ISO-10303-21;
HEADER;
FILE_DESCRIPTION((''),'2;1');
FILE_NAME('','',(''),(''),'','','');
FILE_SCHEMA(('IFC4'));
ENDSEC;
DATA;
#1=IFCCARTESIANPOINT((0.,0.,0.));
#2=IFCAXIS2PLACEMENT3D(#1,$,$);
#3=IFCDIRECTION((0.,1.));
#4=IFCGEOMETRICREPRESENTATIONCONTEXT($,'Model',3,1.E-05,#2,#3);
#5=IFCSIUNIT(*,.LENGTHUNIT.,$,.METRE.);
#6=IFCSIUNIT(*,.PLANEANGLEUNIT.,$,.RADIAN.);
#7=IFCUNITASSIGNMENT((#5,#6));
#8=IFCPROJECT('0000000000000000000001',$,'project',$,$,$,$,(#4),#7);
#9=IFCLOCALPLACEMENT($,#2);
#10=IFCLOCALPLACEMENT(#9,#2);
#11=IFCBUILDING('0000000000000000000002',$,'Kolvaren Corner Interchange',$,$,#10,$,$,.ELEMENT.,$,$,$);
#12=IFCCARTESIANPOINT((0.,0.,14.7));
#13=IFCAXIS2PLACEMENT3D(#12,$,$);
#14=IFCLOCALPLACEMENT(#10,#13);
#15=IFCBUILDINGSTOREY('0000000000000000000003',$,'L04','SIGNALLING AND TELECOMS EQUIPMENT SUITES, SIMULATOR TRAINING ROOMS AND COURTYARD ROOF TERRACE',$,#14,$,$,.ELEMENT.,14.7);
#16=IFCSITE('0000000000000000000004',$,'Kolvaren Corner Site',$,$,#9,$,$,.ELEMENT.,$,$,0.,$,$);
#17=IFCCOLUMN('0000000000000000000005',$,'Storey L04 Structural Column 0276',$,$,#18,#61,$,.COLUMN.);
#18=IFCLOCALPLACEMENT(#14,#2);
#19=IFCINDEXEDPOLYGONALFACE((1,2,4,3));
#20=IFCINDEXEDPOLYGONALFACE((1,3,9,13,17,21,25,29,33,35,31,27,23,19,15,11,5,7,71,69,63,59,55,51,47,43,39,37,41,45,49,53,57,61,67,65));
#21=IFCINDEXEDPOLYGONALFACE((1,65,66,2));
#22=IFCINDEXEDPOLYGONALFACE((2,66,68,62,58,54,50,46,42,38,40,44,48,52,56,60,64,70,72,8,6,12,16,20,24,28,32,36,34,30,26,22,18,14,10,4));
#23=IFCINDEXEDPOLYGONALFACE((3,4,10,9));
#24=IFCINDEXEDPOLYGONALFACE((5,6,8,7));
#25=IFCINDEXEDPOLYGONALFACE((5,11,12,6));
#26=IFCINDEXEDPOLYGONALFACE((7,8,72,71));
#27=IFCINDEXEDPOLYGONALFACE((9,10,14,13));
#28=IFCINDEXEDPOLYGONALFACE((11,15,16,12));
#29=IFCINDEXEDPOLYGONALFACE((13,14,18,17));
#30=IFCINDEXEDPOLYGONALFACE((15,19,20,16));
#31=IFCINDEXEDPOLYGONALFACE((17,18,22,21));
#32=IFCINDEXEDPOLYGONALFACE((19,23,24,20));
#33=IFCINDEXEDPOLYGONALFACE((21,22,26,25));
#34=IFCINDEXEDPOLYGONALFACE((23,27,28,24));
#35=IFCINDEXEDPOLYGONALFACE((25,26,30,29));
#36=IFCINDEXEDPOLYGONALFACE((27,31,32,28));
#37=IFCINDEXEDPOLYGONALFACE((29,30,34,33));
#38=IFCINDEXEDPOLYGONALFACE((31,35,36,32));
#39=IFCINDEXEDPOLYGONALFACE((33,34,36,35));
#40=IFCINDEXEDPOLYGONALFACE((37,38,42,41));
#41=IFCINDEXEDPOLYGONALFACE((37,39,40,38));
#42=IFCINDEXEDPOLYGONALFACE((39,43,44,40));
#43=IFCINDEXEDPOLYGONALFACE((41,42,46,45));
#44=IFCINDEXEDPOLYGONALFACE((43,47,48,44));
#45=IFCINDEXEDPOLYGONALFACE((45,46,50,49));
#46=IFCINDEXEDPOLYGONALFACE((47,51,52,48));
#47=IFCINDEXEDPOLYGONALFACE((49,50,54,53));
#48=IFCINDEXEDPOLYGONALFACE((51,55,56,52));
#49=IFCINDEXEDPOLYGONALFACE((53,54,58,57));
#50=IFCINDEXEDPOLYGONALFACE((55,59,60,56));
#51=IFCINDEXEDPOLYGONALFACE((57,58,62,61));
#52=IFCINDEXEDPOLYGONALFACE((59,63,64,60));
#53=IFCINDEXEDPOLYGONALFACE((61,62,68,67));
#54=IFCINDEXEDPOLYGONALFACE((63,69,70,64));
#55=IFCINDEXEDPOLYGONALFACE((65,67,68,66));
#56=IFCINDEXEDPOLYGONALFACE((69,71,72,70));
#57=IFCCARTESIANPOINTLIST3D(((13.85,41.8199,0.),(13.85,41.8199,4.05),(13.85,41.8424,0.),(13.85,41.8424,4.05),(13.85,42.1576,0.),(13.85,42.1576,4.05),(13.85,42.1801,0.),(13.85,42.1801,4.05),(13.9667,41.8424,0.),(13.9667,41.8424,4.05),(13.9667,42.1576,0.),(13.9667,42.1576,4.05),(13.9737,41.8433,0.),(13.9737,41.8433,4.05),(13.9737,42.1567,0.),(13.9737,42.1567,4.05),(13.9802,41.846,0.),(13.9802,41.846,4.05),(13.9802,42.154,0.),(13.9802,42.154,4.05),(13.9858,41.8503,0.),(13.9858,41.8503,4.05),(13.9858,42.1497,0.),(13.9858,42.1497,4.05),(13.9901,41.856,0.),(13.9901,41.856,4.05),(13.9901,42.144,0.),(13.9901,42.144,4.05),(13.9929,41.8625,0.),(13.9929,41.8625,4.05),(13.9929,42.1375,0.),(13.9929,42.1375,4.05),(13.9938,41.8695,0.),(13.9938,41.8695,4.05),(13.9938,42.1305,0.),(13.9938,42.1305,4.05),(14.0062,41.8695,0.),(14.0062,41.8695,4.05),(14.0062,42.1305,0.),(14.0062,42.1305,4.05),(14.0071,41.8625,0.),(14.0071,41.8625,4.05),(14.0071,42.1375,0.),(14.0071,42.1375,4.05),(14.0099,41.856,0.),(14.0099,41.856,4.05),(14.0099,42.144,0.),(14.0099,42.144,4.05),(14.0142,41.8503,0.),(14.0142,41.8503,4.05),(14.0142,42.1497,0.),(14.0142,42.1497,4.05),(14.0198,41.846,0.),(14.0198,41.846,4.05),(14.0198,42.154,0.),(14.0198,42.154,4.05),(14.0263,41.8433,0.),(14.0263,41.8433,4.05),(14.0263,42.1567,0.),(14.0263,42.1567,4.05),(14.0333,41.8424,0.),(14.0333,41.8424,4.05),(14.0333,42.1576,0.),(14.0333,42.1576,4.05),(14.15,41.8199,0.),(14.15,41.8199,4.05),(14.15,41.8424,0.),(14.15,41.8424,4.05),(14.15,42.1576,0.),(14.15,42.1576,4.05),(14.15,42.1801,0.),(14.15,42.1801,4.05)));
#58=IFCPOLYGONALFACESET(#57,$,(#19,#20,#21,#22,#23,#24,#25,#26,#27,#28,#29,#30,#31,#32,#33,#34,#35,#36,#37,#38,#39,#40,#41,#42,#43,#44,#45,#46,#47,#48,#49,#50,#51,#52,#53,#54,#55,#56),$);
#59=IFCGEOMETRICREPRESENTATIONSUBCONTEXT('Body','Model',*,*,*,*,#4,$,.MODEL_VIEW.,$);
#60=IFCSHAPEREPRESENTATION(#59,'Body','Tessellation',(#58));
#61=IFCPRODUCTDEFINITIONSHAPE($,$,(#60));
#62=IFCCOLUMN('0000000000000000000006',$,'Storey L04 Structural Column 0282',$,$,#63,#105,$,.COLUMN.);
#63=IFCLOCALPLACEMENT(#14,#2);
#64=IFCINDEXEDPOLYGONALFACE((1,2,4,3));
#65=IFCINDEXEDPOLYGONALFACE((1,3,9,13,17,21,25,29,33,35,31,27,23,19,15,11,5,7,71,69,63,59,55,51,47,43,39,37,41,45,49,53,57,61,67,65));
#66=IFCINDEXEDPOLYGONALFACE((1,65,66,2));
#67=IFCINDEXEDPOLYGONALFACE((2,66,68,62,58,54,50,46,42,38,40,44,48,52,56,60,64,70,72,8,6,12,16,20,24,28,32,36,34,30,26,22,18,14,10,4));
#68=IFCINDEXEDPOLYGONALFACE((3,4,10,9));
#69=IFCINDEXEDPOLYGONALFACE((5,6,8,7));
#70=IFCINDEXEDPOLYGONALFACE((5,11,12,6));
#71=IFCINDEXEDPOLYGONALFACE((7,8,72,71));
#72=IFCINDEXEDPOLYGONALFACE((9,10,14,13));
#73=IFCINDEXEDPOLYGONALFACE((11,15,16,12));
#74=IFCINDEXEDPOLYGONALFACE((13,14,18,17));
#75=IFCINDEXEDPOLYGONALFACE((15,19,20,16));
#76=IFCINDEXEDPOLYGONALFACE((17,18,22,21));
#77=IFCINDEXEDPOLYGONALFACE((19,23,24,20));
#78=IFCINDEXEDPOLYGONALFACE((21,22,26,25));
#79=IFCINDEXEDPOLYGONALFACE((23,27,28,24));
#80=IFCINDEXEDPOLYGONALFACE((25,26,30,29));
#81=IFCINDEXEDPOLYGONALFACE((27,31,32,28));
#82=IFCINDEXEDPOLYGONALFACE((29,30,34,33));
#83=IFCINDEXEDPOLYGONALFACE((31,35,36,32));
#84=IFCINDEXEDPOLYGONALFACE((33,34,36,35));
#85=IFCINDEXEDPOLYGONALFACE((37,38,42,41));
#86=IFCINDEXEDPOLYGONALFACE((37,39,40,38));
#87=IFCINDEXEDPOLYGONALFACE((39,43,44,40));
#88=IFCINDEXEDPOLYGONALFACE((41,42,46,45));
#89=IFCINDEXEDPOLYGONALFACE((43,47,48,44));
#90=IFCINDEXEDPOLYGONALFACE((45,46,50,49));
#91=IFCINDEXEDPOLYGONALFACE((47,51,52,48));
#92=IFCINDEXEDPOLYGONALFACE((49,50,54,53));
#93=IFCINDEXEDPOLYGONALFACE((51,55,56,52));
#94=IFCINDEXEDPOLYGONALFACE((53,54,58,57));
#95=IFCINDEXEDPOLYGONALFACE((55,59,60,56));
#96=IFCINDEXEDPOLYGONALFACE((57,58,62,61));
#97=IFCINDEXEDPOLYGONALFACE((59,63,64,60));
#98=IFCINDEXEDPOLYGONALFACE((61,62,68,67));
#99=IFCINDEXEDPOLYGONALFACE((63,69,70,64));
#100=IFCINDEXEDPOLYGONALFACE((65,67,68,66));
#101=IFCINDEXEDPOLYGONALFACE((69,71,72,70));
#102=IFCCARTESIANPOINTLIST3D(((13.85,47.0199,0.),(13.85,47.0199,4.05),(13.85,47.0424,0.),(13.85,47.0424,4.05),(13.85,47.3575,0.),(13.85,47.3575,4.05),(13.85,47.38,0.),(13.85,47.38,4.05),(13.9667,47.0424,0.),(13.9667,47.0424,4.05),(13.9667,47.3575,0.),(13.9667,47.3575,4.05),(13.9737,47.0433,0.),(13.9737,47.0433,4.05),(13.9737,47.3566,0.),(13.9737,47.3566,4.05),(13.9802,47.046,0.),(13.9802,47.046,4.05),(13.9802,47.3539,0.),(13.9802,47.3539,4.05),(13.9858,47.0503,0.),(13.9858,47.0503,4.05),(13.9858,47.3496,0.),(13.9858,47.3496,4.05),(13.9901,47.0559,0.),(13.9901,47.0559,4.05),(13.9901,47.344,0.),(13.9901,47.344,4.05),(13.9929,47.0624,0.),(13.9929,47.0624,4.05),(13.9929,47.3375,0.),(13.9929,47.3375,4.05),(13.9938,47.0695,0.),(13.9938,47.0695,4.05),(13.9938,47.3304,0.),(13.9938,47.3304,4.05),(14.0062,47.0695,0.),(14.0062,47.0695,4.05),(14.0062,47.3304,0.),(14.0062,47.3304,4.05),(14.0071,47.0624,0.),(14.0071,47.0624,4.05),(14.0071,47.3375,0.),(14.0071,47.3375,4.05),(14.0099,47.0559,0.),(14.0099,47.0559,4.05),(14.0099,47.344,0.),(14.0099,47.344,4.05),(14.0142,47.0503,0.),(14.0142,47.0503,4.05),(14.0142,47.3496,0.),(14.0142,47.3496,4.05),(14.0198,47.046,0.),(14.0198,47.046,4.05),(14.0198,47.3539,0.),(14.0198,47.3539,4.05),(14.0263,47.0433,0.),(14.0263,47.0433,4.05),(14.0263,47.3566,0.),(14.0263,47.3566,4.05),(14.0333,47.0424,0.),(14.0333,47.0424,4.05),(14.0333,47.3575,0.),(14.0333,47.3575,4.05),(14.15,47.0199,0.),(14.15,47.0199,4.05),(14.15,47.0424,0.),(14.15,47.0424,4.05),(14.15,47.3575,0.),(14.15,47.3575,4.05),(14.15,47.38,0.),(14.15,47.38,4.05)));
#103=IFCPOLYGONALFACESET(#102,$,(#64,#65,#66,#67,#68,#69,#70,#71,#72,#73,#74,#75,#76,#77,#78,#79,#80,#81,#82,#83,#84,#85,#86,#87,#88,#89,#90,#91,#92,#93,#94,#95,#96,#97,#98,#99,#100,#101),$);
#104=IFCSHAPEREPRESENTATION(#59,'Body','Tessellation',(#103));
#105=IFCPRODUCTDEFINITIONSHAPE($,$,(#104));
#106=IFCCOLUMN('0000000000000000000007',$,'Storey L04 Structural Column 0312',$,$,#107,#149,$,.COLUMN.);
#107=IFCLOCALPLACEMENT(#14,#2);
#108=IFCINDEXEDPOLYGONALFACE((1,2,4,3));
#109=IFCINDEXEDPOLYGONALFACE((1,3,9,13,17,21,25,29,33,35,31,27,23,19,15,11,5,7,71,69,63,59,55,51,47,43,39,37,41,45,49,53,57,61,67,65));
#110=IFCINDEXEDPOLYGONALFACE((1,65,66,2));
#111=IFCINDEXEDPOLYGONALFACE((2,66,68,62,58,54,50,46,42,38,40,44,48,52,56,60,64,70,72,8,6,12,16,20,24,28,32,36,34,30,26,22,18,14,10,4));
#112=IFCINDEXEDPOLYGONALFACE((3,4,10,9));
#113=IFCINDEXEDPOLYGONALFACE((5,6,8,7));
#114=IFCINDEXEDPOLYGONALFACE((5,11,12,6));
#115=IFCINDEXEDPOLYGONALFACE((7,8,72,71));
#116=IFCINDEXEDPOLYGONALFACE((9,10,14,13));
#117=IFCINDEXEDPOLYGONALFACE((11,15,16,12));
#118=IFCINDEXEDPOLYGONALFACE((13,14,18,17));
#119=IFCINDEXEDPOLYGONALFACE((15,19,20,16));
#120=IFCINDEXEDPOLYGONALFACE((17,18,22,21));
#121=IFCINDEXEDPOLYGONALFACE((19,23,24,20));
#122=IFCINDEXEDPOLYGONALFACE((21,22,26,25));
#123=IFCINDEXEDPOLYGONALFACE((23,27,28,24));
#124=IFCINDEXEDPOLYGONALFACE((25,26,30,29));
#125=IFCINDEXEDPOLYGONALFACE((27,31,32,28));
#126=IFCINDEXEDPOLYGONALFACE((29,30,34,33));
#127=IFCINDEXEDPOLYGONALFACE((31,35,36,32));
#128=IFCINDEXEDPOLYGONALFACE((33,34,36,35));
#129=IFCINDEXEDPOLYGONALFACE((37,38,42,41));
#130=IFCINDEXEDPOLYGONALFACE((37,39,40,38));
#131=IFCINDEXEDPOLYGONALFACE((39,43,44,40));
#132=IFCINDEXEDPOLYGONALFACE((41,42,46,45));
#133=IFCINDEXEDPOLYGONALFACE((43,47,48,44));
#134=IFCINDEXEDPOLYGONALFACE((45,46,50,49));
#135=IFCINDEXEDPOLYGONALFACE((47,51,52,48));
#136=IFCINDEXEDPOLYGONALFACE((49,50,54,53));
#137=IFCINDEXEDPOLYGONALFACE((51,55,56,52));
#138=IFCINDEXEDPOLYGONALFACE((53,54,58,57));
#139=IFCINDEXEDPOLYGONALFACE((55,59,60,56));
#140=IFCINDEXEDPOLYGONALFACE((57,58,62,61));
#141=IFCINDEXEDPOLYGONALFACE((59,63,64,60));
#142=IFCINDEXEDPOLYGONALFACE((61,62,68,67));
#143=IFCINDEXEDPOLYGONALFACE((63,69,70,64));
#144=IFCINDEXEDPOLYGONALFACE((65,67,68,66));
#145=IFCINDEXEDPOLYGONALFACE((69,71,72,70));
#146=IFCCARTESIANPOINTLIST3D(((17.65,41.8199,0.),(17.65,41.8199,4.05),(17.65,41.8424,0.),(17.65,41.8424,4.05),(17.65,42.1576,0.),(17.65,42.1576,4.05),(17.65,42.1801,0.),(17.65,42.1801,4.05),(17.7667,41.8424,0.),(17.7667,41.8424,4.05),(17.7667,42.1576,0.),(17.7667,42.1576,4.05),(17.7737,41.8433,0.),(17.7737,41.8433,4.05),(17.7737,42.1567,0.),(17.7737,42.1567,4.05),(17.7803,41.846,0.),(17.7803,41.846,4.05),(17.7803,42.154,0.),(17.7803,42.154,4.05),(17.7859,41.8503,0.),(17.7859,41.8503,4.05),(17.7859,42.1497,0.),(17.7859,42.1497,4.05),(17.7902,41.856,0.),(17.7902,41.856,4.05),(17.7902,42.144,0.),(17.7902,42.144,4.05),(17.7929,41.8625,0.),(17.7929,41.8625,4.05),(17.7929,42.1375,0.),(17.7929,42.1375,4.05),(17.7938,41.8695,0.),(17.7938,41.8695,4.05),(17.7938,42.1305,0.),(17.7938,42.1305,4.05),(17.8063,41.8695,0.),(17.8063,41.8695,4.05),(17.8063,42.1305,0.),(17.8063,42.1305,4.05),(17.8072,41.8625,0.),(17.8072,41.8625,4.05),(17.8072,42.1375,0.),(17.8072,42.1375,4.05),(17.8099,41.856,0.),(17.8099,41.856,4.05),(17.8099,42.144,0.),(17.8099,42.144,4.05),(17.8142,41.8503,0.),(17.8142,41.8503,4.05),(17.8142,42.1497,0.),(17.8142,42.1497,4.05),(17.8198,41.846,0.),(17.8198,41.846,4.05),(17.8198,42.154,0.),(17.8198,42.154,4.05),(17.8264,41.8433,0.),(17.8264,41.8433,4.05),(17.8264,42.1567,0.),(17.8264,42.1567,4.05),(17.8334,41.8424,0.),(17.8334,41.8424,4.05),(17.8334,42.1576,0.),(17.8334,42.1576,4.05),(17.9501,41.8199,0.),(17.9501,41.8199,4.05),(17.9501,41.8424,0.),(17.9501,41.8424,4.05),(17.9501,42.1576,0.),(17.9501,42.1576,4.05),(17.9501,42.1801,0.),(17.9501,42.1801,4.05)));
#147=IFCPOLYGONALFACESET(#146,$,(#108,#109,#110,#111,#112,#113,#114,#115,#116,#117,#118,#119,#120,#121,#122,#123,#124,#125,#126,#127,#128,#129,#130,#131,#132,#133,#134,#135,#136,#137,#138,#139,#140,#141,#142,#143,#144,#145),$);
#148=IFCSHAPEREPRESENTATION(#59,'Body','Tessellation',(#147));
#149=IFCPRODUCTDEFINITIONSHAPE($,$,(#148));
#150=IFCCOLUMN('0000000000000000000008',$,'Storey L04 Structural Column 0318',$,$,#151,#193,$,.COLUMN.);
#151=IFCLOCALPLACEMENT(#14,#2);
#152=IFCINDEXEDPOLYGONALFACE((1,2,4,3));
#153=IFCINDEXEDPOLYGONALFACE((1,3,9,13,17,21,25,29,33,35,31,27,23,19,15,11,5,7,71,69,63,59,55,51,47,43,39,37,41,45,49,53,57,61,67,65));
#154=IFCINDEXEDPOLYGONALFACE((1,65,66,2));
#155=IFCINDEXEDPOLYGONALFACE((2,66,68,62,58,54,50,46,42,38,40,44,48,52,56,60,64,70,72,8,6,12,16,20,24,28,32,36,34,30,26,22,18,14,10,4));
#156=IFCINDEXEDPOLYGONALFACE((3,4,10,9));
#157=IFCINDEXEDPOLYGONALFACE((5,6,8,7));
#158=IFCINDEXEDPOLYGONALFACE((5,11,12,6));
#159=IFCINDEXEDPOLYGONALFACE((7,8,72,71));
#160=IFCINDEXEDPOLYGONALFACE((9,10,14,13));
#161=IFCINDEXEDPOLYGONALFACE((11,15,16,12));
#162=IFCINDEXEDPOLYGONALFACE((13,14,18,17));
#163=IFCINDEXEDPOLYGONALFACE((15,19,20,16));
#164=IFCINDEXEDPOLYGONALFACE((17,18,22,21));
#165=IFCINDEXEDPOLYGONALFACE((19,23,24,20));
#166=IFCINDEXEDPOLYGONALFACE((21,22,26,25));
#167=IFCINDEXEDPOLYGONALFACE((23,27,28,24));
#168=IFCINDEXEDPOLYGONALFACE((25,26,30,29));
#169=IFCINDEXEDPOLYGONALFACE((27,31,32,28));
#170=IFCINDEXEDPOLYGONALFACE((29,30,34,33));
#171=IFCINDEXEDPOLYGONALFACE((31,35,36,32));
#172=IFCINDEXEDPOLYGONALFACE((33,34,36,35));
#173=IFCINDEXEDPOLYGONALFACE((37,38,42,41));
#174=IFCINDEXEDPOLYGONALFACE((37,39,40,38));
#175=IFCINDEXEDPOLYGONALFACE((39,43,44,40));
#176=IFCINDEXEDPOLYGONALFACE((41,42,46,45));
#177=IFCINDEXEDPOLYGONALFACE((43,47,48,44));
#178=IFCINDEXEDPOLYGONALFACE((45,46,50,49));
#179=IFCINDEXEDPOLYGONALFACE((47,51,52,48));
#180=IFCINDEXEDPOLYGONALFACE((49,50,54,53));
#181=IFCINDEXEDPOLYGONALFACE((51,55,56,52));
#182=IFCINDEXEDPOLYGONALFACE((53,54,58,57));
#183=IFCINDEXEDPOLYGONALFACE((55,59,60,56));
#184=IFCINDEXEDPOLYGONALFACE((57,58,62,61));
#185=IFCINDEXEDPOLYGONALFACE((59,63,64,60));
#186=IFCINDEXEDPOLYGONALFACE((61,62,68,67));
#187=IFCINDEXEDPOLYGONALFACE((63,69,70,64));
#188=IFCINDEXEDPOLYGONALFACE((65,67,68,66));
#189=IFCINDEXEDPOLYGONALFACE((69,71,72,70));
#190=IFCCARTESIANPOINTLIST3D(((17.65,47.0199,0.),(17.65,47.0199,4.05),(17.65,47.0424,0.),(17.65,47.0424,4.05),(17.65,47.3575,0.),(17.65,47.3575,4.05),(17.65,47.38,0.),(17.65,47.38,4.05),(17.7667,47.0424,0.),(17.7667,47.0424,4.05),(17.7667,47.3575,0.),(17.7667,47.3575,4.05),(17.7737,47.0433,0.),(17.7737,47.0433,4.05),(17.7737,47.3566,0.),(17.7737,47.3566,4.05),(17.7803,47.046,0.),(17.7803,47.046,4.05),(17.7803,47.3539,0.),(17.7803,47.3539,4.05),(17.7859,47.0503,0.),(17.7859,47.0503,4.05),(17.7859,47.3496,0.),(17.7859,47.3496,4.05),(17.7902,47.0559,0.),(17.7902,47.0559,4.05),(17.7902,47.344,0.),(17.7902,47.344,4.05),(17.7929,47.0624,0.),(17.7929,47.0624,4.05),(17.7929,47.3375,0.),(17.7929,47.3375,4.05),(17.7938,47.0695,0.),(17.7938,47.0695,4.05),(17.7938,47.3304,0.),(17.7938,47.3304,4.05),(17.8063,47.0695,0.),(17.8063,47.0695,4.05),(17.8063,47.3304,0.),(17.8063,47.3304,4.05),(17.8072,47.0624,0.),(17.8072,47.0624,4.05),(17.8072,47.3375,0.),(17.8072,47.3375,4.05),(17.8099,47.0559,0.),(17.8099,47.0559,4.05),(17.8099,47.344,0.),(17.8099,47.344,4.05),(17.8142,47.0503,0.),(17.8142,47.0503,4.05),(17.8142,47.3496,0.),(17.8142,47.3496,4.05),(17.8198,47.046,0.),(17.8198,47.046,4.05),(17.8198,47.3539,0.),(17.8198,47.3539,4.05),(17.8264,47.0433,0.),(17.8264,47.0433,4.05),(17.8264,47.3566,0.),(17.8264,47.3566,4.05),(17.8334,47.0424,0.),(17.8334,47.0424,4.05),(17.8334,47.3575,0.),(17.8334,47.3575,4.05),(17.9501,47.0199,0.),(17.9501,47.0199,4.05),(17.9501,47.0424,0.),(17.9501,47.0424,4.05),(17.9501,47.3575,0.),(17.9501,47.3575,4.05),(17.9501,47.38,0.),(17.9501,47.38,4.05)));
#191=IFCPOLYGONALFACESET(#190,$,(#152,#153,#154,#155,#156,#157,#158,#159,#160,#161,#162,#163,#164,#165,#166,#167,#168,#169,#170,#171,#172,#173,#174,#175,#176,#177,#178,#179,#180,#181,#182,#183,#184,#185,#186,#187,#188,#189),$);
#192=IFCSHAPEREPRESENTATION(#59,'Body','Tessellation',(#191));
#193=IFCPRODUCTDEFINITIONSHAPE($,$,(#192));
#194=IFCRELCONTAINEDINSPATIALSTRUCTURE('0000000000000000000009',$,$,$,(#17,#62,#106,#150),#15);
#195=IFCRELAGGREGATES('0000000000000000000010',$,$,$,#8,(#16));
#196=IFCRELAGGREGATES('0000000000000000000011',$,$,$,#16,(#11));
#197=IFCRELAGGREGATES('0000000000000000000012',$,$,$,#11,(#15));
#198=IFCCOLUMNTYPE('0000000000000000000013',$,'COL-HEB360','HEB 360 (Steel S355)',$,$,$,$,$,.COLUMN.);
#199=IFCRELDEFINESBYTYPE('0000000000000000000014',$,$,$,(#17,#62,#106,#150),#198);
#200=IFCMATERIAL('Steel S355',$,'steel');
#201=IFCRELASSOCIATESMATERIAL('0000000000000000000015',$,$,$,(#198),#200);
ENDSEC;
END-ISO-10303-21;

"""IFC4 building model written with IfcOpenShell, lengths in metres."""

from ifc_helpers import new_model, si_unit, direction, frame, origin, origin_2d, place, context, subcontext, project, spatial, i_section, extrude, material, material_profile, profile_set, type_object, element, save


model = new_model("IFC4")

# Units and contexts
model_context = context("Model", 3, precision=1e-05, world=origin(), true_north=direction((0.0, 1.0)))
body_context = subcontext(model_context, "Body", "Model", "MODEL_VIEW")
ifc_project = project(units=[si_unit("LENGTHUNIT", "METRE"), si_unit("PLANEANGLEUNIT", "RADIAN")], contexts=[model_context])

# Site, building, storey
site_placement = place(None, origin())
site = spatial("IfcSite", under=ifc_project, at=site_placement, Name="Kolvaren Corner Site", CompositionType="ELEMENT", RefElevation=0.0)
building_placement = place(site_placement, origin())
building = spatial("IfcBuilding", under=site, at=building_placement, Name="Kolvaren Corner Interchange", CompositionType="ELEMENT")
storey_placement = place(building_placement, frame((0.0, 0.0, 14.7)))
storey = spatial("IfcBuildingStorey", under=building, at=storey_placement, Name="L04", Description="SIGNALLING AND TELECOMS EQUIPMENT SUITES, SIMULATOR TRAINING ROOMS AND COURTYARD ROOF TERRACE", CompositionType="ELEMENT", Elevation=14.7)

# Columns
ifc_material_1 = material(Name="Steel S355", Category="steel")
ifc_material_profile_1 = material_profile(ifc_material_1, i_section(OverallWidth=0.3, OverallDepth=0.3601, WebThickness=0.0125, FlangeThickness=0.0225, FilletRadius=0.0271, at=origin_2d()), Name="HEB 360")
ifc_profile_set_1 = profile_set([ifc_material_profile_1], Name="Steel S355")
column_type = type_object("IfcColumnType", Name="COL-HEB360", Description="HEB 360 (Steel S355)", PredefinedType="COLUMN", material=ifc_profile_set_1)
for number, where, z_axis, x_axis, name in (
    (1, (14.0, 42.0, 0.0), (0.0, 0.0, 1.0), (1.0, 0.0, 0.0), "Storey L04 Structural Column 0276"),
    (2, (14.0, 47.2, 0.0), (0.0, 0.0, 1.0), (1.0, 0.0, 0.0), "Storey L04 Structural Column 0282"),
    (3, (17.8, 42.0, 0.0), (0.0, 0.0, 1.0), (1.0, 0.0, 0.0), "Storey L04 Structural Column 0312"),
    (4, (17.8, 47.2, 0.0), (0.0, 0.0, 1.0), (1.0, 0.0, 0.0), "Storey L04 Structural Column 0318"),
):
    element("IfcColumn", number, at=place(storey_placement, frame(where, z_axis=z_axis, x_axis=x_axis)), inside=storey, type_object=column_type, Name=name, PredefinedType="COLUMN", context=body_context, shape_type="SweptSolid", body=[
        extrude(i_section(OverallWidth=0.3, OverallDepth=0.3601, WebThickness=0.0125, FlangeThickness=0.0225, FilletRadius=0.0271, at=origin_2d()), origin(), (0.0, 0.0, 1.0), 4.05),
    ])

save(model, "model.ifc")
